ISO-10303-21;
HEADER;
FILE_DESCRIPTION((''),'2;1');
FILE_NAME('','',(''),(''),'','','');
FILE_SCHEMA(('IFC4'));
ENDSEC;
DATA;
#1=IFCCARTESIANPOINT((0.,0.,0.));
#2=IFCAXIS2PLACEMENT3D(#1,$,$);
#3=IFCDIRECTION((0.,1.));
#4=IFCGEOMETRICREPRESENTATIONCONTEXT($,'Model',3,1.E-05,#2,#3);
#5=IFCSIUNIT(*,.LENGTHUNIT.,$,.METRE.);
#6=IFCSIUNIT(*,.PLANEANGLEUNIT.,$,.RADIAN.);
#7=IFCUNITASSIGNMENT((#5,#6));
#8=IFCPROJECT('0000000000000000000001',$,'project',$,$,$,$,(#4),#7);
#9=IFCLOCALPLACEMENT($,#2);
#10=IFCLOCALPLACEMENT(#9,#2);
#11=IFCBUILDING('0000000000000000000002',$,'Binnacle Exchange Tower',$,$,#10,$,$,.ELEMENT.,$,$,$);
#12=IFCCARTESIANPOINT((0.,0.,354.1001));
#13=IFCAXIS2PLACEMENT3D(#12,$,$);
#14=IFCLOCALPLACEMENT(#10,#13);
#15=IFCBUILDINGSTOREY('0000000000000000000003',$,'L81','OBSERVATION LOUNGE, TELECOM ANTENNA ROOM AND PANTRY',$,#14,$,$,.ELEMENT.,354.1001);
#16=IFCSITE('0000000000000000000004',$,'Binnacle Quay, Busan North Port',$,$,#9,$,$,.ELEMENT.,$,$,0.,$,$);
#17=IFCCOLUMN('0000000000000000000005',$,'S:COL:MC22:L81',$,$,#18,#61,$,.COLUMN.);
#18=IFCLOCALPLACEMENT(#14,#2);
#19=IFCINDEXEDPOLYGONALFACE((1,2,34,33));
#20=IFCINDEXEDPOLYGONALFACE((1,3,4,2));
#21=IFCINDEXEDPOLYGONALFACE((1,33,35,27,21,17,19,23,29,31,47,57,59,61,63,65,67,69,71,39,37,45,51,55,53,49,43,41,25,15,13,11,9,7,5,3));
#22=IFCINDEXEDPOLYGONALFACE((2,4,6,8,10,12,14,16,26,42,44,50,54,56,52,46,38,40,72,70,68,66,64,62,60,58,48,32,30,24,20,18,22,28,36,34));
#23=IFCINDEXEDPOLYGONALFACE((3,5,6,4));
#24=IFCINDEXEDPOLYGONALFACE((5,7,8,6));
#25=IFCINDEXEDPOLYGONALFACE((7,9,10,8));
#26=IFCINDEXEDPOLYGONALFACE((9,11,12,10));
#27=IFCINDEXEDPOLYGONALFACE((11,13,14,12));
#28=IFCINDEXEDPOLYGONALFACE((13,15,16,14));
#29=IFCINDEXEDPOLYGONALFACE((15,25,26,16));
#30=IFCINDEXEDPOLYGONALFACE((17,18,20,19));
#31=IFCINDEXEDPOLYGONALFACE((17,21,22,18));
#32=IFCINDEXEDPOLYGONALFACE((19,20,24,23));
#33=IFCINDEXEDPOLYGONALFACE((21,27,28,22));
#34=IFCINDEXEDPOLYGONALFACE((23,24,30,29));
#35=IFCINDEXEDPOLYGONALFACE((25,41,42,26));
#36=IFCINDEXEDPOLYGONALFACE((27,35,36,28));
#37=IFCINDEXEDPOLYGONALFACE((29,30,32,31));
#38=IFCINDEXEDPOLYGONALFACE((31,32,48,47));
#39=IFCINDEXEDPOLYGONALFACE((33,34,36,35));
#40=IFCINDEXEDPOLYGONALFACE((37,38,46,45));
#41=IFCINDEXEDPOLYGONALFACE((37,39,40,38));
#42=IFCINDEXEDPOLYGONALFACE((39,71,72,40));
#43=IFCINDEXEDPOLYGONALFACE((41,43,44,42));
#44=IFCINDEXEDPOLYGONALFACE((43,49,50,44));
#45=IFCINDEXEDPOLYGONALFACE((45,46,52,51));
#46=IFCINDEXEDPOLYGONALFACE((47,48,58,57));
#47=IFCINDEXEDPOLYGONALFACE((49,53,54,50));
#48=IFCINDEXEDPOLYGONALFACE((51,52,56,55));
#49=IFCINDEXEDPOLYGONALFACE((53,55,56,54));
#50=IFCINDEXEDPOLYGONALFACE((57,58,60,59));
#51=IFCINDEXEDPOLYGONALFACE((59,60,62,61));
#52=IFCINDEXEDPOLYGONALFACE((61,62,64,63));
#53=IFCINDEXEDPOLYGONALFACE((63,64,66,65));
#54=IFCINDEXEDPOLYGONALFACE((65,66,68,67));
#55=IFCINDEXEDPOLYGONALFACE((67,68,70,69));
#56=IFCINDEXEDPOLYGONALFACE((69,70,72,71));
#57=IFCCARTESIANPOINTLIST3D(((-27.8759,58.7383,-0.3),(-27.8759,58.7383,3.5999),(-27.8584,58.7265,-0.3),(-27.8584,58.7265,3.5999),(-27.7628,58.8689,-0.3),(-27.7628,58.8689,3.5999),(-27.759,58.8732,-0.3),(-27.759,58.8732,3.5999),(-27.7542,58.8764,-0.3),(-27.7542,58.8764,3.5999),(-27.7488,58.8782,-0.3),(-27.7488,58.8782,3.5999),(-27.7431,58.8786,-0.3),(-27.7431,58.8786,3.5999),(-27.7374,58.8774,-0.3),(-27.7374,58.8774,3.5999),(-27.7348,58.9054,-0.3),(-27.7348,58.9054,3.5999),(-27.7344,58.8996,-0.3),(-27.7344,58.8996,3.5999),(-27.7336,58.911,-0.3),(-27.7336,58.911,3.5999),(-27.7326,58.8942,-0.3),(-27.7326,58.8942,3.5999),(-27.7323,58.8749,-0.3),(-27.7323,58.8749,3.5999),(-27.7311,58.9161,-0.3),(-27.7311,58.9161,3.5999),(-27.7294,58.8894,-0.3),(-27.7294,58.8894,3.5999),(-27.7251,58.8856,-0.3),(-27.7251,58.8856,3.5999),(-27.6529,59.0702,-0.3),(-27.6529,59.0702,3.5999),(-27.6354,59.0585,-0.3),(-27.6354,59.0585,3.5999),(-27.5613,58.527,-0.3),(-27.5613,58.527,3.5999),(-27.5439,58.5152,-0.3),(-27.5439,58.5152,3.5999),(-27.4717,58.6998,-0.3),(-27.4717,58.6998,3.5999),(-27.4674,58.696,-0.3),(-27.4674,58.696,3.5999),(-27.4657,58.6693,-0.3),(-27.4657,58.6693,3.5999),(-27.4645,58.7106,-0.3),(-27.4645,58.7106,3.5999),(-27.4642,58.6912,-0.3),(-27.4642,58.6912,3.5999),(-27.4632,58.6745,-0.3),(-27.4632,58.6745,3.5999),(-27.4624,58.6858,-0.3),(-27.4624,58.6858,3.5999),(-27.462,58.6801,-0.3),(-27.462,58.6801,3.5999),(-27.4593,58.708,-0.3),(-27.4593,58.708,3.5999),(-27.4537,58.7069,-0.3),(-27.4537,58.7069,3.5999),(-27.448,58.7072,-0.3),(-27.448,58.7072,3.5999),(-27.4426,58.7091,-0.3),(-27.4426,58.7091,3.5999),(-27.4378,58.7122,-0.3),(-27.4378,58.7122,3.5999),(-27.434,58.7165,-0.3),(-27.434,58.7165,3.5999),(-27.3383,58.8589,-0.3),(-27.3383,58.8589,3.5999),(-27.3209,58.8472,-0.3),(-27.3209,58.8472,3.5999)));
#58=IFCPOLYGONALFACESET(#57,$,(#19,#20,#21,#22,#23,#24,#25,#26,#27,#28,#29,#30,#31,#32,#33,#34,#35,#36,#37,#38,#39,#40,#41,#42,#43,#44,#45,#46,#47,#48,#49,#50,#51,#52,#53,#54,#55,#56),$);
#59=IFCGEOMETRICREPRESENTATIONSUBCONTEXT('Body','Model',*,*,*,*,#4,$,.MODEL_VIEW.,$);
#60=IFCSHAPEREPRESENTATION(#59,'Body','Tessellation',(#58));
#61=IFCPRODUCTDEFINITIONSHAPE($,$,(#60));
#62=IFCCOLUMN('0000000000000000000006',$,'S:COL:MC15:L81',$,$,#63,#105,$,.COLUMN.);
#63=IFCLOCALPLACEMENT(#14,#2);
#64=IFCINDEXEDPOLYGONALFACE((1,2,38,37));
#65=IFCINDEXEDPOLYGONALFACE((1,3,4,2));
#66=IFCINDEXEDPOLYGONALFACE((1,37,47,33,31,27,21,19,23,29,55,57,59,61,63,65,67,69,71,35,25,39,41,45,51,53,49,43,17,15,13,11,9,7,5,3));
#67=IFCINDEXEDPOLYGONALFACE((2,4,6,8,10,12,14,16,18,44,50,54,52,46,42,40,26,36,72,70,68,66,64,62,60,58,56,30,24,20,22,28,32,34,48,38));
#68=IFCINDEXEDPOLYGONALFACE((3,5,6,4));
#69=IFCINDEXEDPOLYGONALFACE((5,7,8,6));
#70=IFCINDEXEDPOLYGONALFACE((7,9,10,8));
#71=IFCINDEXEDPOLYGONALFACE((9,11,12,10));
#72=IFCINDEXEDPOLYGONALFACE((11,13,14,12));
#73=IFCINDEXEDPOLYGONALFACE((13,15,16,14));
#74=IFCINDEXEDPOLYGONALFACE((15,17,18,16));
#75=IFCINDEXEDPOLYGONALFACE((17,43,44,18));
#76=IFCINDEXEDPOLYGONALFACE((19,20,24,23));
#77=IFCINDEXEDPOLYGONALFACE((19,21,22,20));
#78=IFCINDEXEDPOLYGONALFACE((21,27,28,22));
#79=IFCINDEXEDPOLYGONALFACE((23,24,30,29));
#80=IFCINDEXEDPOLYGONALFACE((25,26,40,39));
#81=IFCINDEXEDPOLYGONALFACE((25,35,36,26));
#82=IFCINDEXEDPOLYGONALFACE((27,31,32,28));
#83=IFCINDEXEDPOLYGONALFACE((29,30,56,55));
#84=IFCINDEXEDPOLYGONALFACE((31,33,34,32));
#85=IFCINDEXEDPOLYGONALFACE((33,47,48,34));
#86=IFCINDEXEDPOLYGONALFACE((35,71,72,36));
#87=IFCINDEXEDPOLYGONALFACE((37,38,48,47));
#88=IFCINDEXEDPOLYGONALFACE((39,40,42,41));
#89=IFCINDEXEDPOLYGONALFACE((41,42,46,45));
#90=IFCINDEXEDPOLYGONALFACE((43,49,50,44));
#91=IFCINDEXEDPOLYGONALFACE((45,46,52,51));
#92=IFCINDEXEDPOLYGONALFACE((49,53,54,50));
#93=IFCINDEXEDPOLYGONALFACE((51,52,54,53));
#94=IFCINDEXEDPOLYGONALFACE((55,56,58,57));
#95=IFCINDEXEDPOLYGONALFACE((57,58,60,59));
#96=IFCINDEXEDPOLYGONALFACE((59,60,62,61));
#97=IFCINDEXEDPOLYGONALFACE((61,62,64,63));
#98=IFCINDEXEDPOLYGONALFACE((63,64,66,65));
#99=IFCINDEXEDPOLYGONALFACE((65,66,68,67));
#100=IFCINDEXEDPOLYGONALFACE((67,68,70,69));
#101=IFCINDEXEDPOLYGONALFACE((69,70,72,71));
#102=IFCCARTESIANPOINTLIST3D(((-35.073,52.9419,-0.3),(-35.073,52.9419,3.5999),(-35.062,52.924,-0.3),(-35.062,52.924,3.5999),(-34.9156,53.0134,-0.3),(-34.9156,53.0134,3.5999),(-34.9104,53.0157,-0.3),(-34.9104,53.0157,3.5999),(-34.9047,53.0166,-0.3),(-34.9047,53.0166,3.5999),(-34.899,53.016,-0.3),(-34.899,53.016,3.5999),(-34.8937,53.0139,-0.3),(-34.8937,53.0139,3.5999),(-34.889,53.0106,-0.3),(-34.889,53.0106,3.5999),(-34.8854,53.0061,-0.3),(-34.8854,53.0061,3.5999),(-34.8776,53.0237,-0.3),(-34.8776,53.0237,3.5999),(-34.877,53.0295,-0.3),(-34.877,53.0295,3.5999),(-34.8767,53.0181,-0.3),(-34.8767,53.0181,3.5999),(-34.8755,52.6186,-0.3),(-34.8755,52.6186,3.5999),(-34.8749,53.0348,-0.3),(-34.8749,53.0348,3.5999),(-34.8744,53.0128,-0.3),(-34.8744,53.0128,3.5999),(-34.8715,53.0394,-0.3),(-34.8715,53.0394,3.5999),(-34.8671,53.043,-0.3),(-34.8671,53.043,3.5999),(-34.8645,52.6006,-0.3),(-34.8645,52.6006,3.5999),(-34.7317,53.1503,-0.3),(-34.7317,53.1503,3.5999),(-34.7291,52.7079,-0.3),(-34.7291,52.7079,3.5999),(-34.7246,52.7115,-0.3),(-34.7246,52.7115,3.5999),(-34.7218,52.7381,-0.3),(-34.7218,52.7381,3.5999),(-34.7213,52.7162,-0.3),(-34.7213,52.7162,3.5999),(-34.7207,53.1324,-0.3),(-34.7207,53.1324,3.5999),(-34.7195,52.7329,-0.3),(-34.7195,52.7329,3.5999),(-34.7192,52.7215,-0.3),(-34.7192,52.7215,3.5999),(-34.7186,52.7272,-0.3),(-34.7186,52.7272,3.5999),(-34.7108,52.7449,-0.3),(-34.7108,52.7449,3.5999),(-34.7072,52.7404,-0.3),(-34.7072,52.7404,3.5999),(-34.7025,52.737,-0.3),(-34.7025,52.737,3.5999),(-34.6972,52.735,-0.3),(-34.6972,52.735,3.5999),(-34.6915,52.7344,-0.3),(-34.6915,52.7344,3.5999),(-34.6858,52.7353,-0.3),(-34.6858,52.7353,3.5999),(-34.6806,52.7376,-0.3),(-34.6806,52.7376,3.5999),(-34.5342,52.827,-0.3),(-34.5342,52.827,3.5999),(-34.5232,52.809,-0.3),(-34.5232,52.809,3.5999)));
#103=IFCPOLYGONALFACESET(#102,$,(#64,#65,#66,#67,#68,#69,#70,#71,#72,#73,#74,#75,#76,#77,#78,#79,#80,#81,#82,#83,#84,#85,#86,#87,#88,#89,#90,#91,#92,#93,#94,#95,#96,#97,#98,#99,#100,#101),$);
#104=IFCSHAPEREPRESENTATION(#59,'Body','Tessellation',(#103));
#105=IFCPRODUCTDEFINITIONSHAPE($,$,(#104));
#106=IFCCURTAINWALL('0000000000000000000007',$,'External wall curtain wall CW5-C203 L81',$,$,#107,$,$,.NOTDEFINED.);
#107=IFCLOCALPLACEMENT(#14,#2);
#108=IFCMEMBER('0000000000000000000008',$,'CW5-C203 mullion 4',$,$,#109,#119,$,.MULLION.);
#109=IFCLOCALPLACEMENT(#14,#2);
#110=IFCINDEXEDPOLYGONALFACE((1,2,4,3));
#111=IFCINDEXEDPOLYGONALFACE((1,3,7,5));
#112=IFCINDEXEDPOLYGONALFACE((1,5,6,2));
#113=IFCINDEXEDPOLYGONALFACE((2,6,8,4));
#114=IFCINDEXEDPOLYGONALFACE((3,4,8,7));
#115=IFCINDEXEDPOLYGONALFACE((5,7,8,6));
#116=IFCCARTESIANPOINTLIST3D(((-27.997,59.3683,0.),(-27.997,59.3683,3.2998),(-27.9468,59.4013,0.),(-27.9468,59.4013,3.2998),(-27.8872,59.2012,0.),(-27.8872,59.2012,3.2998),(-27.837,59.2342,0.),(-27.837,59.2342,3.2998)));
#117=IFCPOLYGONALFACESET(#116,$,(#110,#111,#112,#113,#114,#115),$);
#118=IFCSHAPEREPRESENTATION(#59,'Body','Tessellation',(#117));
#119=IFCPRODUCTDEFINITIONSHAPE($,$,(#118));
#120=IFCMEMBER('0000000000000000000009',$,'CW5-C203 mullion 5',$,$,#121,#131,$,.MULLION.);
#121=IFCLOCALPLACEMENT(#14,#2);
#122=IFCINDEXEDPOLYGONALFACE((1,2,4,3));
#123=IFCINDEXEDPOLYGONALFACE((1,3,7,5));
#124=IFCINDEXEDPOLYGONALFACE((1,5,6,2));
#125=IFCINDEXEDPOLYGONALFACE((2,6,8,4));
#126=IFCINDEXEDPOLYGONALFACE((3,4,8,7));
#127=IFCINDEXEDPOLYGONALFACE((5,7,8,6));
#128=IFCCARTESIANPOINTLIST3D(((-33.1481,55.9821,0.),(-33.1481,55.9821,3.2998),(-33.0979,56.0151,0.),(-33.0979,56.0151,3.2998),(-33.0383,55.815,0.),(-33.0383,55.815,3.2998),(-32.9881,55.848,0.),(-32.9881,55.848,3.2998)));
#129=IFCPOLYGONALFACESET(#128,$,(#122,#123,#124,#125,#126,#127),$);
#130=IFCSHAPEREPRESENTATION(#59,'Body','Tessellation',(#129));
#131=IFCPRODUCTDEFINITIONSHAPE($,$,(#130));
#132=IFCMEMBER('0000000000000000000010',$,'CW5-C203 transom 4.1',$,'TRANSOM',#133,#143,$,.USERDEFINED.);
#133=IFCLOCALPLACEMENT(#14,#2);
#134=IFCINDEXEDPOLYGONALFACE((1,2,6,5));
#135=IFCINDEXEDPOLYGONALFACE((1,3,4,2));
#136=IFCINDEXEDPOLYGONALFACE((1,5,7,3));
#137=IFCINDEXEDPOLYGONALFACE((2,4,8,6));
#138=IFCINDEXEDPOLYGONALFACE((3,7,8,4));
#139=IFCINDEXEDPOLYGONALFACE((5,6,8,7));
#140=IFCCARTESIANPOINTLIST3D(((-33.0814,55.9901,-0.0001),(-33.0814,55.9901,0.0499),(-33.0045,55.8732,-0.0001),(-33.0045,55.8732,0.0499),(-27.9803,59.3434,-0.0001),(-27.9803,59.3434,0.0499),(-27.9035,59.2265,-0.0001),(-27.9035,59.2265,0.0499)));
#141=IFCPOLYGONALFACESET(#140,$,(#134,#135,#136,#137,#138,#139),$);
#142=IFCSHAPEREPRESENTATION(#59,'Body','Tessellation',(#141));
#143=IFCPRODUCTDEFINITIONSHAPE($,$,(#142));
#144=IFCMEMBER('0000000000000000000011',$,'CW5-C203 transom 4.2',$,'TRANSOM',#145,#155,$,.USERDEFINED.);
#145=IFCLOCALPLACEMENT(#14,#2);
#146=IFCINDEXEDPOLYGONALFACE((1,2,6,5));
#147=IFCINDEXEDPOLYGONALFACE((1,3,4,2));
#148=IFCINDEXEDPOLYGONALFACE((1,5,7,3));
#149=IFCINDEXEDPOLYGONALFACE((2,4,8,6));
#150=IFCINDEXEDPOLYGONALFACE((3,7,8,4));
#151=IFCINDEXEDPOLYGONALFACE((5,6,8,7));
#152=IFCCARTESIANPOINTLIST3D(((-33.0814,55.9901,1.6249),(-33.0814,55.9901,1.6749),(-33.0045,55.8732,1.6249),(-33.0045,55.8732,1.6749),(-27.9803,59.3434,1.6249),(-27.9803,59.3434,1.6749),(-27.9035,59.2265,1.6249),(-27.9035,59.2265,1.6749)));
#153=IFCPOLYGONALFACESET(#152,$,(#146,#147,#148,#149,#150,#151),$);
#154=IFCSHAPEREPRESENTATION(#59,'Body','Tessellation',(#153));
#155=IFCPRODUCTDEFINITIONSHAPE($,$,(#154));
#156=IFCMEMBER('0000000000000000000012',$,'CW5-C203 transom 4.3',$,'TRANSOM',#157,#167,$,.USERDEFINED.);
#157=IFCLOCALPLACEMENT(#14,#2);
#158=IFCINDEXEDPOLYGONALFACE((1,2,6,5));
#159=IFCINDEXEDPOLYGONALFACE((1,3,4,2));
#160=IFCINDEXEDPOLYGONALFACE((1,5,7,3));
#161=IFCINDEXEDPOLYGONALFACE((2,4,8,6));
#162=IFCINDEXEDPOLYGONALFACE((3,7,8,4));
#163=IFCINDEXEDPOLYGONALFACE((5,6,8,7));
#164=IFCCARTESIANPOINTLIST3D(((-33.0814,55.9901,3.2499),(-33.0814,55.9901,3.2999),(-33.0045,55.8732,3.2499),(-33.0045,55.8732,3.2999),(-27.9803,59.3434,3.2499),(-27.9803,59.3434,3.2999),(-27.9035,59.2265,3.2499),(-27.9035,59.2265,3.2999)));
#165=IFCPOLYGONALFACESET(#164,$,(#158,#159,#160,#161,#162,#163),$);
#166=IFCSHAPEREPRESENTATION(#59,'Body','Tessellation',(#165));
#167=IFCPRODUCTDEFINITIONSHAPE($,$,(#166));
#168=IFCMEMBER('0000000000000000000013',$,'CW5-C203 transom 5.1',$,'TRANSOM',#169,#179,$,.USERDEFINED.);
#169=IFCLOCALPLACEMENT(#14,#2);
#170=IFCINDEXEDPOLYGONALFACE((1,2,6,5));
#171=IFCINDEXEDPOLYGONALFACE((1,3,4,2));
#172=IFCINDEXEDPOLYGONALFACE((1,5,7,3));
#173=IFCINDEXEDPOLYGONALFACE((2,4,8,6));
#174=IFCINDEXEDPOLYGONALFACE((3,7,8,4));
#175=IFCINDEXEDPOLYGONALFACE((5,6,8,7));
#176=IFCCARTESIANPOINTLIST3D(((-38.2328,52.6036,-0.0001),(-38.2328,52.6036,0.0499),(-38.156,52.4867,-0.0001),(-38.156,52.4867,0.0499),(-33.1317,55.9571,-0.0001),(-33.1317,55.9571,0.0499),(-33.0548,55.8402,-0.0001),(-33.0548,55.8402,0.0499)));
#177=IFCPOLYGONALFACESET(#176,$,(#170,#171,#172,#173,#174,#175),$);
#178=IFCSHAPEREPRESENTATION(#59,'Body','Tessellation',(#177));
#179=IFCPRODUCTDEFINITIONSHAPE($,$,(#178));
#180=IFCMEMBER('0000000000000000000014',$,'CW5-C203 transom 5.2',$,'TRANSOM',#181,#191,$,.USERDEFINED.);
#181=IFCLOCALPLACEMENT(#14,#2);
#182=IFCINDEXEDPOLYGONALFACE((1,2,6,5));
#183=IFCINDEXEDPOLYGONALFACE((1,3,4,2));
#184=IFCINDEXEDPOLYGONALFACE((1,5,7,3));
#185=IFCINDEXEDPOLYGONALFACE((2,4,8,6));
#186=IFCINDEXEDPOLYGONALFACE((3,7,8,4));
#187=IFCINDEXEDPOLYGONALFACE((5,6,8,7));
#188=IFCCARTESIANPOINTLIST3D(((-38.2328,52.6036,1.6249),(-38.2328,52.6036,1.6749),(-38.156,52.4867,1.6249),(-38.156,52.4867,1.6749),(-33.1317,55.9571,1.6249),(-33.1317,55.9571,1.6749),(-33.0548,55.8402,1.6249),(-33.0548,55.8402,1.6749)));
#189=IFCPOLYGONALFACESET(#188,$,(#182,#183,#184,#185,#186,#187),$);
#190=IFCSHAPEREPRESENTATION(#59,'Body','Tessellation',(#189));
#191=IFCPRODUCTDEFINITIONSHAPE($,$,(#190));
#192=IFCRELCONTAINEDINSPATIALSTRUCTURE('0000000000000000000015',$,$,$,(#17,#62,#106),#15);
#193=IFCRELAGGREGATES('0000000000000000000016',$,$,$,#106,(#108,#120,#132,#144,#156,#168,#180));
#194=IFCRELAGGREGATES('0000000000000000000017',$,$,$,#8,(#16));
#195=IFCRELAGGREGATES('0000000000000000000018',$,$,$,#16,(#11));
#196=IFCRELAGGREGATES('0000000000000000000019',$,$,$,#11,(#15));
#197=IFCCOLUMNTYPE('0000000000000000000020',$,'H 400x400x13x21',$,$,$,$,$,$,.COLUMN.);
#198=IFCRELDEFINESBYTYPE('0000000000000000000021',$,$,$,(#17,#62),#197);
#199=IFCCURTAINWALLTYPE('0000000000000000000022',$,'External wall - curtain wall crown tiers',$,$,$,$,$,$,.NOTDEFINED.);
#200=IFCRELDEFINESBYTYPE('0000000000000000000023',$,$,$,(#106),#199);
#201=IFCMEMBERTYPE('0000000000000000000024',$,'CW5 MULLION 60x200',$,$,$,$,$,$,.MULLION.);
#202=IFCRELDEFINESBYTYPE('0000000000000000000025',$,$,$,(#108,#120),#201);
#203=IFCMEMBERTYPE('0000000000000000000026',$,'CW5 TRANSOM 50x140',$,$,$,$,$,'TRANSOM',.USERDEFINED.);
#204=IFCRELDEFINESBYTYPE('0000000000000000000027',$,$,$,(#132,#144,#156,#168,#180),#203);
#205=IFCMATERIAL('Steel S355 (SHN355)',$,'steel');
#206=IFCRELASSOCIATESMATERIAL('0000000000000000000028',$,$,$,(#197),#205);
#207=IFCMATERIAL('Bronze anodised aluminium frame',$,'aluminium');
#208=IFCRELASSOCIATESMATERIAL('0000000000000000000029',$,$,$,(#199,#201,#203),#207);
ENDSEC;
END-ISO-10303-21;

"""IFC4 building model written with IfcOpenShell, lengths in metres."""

from ifc_helpers import new_model, si_unit, direction, frame, origin, origin_2d, place, context, subcontext, project, spatial, rectangle, i_section, extrude, material, material_profile, profile_set, type_object, element, aggregate, save


model = new_model("IFC4")

# Units and contexts
model_context = context("Model", 3, precision=1e-05, world=origin(), true_north=direction((0.0, 1.0)))
body_context = subcontext(model_context, "Body", "Model", "MODEL_VIEW")
ifc_project = project(units=[si_unit("LENGTHUNIT", "METRE"), si_unit("PLANEANGLEUNIT", "RADIAN")], contexts=[model_context])

# Site, building, storey
site_placement = place(None, origin())
site = spatial("IfcSite", under=ifc_project, at=site_placement, Name="Binnacle Quay, Busan North Port", CompositionType="ELEMENT", RefElevation=0.0)
building_placement = place(site_placement, origin())
building = spatial("IfcBuilding", under=site, at=building_placement, Name="Binnacle Exchange Tower", CompositionType="ELEMENT")
storey_placement = place(building_placement, frame((0.0, 0.0, 354.1001)))
storey = spatial("IfcBuildingStorey", under=building, at=storey_placement, Name="L81", Description="OBSERVATION LOUNGE, TELECOM ANTENNA ROOM AND PANTRY", CompositionType="ELEMENT", Elevation=354.1001)

# Columns
ifc_material_1 = material(Name="Steel S355 (SHN355)", Category="steel")
ifc_material_profile_1 = material_profile(ifc_material_1, i_section(OverallWidth=0.3999, OverallDepth=0.3999, WebThickness=0.0129, FlangeThickness=0.021, FilletRadius=0.022, at=origin_2d()), Name="H 400x400x13x21")
ifc_profile_set_1 = profile_set([ifc_material_profile_1], Name="Steel S355 (SHN355)")
column_type = type_object("IfcColumnType", Name="H 400x400x13x21", PredefinedType="COLUMN", material=ifc_profile_set_1)
for number, where, z_axis, x_axis, name in (
    (1, (-27.5984, 58.7927, -0.3), (0.0, 0.0, 1.0), (0.557658, 0.830071, 0.0), "S:COL:MC22:L81"),
    (2, (-34.7981, 52.8755, -0.3), (0.0, 0.0, 1.0), (0.85346, 0.521159, 0.0), "S:COL:MC15:L81"),
):
    element("IfcColumn", number, at=place(storey_placement, frame(where, z_axis=z_axis, x_axis=x_axis)), inside=storey, type_object=column_type, Name=name, PredefinedType="COLUMN", context=body_context, shape_type="SweptSolid", body=[
        extrude(i_section(OverallWidth=0.3999, OverallDepth=0.3999, WebThickness=0.0129, FlangeThickness=0.021, FilletRadius=0.022, at=origin_2d()), origin(), (0.0, 0.0, 1.0), 3.8999),
    ])

# Curtain wall, members
ifc_material_2 = material(Name="Bronze anodised aluminium frame", Category="aluminium")
curtain_wall_type = type_object("IfcCurtainWallType", Name="External wall - curtain wall crown tiers", PredefinedType="NOTDEFINED", material=ifc_material_2)
curtain_wall_placement = place(storey_placement, origin())
curtain_wall = element("IfcCurtainWall", 3, at=curtain_wall_placement, inside=storey, type_object=curtain_wall_type, Name="External wall curtain wall CW5-C203 L81", PredefinedType="NOTDEFINED")
ifc_material_profile_2 = material_profile(ifc_material_2, rectangle(XDim=0.2, YDim=0.0601, at=origin_2d()), Name="AL 60x200")
ifc_profile_set_2 = profile_set([ifc_material_profile_2], Name="Bronze anodised aluminium frame")
member_type_1 = type_object("IfcMemberType", Name="CW5 MULLION 60x200", PredefinedType="MULLION", material=ifc_profile_set_2)
member_1_placement = place(storey_placement, frame((-27.917, 59.3013, 0.0), z_axis=(0.0, 0.0, 1.0), x_axis=(0.54931, -0.835618, 0.0)))
member_1 = element("IfcMember", 4, at=member_1_placement, type_object=member_type_1, Name="CW5-C203 mullion 4", PredefinedType="MULLION", context=body_context, shape_type="SweptSolid", body=[
    extrude(rectangle(XDim=0.2, YDim=0.0601, at=origin_2d()), origin(), (0.0, 0.0, 1.0), 3.2998),
])
member_2_placement = place(storey_placement, frame((-33.0681, 55.915, 0.0), z_axis=(0.0, 0.0, 1.0), x_axis=(0.54931, -0.835618, 0.0)))
member_2 = element("IfcMember", 5, at=member_2_placement, type_object=member_type_1, Name="CW5-C203 mullion 5", PredefinedType="MULLION", context=body_context, shape_type="SweptSolid", body=[
    extrude(rectangle(XDim=0.2, YDim=0.0601, at=origin_2d()), origin(), (0.0, 0.0, 1.0), 3.2998),
])
ifc_material_profile_3 = material_profile(ifc_material_2, rectangle(XDim=0.1399, YDim=0.05, at=origin_2d()), Name="AL 140x50")
ifc_profile_set_3 = profile_set([ifc_material_profile_3], Name="Bronze anodised aluminium frame")
member_type_2 = type_object("IfcMemberType", Name="CW5 TRANSOM 50x140", ElementType="TRANSOM", PredefinedType="USERDEFINED", material=ifc_profile_set_3)
member_3_placement = place(storey_placement, frame((-27.9419, 59.2849, 0.0249), z_axis=(-0.83562, -0.549308, 0.0), x_axis=(0.549308, -0.83562, 0.0)))
member_3 = element("IfcMember", 6, at=member_3_placement, type_object=member_type_2, Name="CW5-C203 transom 4.1", ObjectType="TRANSOM", PredefinedType="USERDEFINED", context=body_context, shape_type="SweptSolid", body=[
    extrude(rectangle(XDim=0.1399, YDim=0.05, at=origin_2d()), origin(), (0.0, 0.0, 1.0), 6.1045),
])
member_4_placement = place(storey_placement, frame((-27.9419, 59.2849, 1.6499), z_axis=(-0.83562, -0.549308, 0.0), x_axis=(0.549308, -0.83562, 0.0)))
member_4 = element("IfcMember", 7, at=member_4_placement, type_object=member_type_2, Name="CW5-C203 transom 4.2", ObjectType="TRANSOM", PredefinedType="USERDEFINED", context=body_context, shape_type="SweptSolid", body=[
    extrude(rectangle(XDim=0.1399, YDim=0.05, at=origin_2d()), origin(), (0.0, 0.0, 1.0), 6.1045),
])
member_5_placement = place(storey_placement, frame((-27.9419, 59.2849, 3.2749), z_axis=(-0.83562, -0.549308, 0.0), x_axis=(0.549308, -0.83562, 0.0)))
member_5 = element("IfcMember", 8, at=member_5_placement, type_object=member_type_2, Name="CW5-C203 transom 4.3", ObjectType="TRANSOM", PredefinedType="USERDEFINED", context=body_context, shape_type="SweptSolid", body=[
    extrude(rectangle(XDim=0.1399, YDim=0.05, at=origin_2d()), origin(), (0.0, 0.0, 1.0), 6.1045),
])
member_6_placement = place(storey_placement, frame((-33.0933, 55.8987, 0.0249), z_axis=(-0.835602, -0.549336, 0.0), x_axis=(0.549336, -0.835602, 0.0)))
member_6 = element("IfcMember", 9, at=member_6_placement, type_object=member_type_2, Name="CW5-C203 transom 5.1", ObjectType="TRANSOM", PredefinedType="USERDEFINED", context=body_context, shape_type="SweptSolid", body=[
    extrude(rectangle(XDim=0.1399, YDim=0.05, at=origin_2d()), origin(), (0.0, 0.0, 1.0), 6.1047),
])
member_7_placement = place(storey_placement, frame((-33.0933, 55.8987, 1.6499), z_axis=(-0.835602, -0.549336, 0.0), x_axis=(0.549336, -0.835602, 0.0)))
member_7 = element("IfcMember", 10, at=member_7_placement, type_object=member_type_2, Name="CW5-C203 transom 5.2", ObjectType="TRANSOM", PredefinedType="USERDEFINED", context=body_context, shape_type="SweptSolid", body=[
    extrude(rectangle(XDim=0.1399, YDim=0.05, at=origin_2d()), origin(), (0.0, 0.0, 1.0), 6.1047),
])

aggregate(curtain_wall, [member_1, member_2, member_3, member_4, member_5, member_6, member_7])

save(model, "model.ifc")
